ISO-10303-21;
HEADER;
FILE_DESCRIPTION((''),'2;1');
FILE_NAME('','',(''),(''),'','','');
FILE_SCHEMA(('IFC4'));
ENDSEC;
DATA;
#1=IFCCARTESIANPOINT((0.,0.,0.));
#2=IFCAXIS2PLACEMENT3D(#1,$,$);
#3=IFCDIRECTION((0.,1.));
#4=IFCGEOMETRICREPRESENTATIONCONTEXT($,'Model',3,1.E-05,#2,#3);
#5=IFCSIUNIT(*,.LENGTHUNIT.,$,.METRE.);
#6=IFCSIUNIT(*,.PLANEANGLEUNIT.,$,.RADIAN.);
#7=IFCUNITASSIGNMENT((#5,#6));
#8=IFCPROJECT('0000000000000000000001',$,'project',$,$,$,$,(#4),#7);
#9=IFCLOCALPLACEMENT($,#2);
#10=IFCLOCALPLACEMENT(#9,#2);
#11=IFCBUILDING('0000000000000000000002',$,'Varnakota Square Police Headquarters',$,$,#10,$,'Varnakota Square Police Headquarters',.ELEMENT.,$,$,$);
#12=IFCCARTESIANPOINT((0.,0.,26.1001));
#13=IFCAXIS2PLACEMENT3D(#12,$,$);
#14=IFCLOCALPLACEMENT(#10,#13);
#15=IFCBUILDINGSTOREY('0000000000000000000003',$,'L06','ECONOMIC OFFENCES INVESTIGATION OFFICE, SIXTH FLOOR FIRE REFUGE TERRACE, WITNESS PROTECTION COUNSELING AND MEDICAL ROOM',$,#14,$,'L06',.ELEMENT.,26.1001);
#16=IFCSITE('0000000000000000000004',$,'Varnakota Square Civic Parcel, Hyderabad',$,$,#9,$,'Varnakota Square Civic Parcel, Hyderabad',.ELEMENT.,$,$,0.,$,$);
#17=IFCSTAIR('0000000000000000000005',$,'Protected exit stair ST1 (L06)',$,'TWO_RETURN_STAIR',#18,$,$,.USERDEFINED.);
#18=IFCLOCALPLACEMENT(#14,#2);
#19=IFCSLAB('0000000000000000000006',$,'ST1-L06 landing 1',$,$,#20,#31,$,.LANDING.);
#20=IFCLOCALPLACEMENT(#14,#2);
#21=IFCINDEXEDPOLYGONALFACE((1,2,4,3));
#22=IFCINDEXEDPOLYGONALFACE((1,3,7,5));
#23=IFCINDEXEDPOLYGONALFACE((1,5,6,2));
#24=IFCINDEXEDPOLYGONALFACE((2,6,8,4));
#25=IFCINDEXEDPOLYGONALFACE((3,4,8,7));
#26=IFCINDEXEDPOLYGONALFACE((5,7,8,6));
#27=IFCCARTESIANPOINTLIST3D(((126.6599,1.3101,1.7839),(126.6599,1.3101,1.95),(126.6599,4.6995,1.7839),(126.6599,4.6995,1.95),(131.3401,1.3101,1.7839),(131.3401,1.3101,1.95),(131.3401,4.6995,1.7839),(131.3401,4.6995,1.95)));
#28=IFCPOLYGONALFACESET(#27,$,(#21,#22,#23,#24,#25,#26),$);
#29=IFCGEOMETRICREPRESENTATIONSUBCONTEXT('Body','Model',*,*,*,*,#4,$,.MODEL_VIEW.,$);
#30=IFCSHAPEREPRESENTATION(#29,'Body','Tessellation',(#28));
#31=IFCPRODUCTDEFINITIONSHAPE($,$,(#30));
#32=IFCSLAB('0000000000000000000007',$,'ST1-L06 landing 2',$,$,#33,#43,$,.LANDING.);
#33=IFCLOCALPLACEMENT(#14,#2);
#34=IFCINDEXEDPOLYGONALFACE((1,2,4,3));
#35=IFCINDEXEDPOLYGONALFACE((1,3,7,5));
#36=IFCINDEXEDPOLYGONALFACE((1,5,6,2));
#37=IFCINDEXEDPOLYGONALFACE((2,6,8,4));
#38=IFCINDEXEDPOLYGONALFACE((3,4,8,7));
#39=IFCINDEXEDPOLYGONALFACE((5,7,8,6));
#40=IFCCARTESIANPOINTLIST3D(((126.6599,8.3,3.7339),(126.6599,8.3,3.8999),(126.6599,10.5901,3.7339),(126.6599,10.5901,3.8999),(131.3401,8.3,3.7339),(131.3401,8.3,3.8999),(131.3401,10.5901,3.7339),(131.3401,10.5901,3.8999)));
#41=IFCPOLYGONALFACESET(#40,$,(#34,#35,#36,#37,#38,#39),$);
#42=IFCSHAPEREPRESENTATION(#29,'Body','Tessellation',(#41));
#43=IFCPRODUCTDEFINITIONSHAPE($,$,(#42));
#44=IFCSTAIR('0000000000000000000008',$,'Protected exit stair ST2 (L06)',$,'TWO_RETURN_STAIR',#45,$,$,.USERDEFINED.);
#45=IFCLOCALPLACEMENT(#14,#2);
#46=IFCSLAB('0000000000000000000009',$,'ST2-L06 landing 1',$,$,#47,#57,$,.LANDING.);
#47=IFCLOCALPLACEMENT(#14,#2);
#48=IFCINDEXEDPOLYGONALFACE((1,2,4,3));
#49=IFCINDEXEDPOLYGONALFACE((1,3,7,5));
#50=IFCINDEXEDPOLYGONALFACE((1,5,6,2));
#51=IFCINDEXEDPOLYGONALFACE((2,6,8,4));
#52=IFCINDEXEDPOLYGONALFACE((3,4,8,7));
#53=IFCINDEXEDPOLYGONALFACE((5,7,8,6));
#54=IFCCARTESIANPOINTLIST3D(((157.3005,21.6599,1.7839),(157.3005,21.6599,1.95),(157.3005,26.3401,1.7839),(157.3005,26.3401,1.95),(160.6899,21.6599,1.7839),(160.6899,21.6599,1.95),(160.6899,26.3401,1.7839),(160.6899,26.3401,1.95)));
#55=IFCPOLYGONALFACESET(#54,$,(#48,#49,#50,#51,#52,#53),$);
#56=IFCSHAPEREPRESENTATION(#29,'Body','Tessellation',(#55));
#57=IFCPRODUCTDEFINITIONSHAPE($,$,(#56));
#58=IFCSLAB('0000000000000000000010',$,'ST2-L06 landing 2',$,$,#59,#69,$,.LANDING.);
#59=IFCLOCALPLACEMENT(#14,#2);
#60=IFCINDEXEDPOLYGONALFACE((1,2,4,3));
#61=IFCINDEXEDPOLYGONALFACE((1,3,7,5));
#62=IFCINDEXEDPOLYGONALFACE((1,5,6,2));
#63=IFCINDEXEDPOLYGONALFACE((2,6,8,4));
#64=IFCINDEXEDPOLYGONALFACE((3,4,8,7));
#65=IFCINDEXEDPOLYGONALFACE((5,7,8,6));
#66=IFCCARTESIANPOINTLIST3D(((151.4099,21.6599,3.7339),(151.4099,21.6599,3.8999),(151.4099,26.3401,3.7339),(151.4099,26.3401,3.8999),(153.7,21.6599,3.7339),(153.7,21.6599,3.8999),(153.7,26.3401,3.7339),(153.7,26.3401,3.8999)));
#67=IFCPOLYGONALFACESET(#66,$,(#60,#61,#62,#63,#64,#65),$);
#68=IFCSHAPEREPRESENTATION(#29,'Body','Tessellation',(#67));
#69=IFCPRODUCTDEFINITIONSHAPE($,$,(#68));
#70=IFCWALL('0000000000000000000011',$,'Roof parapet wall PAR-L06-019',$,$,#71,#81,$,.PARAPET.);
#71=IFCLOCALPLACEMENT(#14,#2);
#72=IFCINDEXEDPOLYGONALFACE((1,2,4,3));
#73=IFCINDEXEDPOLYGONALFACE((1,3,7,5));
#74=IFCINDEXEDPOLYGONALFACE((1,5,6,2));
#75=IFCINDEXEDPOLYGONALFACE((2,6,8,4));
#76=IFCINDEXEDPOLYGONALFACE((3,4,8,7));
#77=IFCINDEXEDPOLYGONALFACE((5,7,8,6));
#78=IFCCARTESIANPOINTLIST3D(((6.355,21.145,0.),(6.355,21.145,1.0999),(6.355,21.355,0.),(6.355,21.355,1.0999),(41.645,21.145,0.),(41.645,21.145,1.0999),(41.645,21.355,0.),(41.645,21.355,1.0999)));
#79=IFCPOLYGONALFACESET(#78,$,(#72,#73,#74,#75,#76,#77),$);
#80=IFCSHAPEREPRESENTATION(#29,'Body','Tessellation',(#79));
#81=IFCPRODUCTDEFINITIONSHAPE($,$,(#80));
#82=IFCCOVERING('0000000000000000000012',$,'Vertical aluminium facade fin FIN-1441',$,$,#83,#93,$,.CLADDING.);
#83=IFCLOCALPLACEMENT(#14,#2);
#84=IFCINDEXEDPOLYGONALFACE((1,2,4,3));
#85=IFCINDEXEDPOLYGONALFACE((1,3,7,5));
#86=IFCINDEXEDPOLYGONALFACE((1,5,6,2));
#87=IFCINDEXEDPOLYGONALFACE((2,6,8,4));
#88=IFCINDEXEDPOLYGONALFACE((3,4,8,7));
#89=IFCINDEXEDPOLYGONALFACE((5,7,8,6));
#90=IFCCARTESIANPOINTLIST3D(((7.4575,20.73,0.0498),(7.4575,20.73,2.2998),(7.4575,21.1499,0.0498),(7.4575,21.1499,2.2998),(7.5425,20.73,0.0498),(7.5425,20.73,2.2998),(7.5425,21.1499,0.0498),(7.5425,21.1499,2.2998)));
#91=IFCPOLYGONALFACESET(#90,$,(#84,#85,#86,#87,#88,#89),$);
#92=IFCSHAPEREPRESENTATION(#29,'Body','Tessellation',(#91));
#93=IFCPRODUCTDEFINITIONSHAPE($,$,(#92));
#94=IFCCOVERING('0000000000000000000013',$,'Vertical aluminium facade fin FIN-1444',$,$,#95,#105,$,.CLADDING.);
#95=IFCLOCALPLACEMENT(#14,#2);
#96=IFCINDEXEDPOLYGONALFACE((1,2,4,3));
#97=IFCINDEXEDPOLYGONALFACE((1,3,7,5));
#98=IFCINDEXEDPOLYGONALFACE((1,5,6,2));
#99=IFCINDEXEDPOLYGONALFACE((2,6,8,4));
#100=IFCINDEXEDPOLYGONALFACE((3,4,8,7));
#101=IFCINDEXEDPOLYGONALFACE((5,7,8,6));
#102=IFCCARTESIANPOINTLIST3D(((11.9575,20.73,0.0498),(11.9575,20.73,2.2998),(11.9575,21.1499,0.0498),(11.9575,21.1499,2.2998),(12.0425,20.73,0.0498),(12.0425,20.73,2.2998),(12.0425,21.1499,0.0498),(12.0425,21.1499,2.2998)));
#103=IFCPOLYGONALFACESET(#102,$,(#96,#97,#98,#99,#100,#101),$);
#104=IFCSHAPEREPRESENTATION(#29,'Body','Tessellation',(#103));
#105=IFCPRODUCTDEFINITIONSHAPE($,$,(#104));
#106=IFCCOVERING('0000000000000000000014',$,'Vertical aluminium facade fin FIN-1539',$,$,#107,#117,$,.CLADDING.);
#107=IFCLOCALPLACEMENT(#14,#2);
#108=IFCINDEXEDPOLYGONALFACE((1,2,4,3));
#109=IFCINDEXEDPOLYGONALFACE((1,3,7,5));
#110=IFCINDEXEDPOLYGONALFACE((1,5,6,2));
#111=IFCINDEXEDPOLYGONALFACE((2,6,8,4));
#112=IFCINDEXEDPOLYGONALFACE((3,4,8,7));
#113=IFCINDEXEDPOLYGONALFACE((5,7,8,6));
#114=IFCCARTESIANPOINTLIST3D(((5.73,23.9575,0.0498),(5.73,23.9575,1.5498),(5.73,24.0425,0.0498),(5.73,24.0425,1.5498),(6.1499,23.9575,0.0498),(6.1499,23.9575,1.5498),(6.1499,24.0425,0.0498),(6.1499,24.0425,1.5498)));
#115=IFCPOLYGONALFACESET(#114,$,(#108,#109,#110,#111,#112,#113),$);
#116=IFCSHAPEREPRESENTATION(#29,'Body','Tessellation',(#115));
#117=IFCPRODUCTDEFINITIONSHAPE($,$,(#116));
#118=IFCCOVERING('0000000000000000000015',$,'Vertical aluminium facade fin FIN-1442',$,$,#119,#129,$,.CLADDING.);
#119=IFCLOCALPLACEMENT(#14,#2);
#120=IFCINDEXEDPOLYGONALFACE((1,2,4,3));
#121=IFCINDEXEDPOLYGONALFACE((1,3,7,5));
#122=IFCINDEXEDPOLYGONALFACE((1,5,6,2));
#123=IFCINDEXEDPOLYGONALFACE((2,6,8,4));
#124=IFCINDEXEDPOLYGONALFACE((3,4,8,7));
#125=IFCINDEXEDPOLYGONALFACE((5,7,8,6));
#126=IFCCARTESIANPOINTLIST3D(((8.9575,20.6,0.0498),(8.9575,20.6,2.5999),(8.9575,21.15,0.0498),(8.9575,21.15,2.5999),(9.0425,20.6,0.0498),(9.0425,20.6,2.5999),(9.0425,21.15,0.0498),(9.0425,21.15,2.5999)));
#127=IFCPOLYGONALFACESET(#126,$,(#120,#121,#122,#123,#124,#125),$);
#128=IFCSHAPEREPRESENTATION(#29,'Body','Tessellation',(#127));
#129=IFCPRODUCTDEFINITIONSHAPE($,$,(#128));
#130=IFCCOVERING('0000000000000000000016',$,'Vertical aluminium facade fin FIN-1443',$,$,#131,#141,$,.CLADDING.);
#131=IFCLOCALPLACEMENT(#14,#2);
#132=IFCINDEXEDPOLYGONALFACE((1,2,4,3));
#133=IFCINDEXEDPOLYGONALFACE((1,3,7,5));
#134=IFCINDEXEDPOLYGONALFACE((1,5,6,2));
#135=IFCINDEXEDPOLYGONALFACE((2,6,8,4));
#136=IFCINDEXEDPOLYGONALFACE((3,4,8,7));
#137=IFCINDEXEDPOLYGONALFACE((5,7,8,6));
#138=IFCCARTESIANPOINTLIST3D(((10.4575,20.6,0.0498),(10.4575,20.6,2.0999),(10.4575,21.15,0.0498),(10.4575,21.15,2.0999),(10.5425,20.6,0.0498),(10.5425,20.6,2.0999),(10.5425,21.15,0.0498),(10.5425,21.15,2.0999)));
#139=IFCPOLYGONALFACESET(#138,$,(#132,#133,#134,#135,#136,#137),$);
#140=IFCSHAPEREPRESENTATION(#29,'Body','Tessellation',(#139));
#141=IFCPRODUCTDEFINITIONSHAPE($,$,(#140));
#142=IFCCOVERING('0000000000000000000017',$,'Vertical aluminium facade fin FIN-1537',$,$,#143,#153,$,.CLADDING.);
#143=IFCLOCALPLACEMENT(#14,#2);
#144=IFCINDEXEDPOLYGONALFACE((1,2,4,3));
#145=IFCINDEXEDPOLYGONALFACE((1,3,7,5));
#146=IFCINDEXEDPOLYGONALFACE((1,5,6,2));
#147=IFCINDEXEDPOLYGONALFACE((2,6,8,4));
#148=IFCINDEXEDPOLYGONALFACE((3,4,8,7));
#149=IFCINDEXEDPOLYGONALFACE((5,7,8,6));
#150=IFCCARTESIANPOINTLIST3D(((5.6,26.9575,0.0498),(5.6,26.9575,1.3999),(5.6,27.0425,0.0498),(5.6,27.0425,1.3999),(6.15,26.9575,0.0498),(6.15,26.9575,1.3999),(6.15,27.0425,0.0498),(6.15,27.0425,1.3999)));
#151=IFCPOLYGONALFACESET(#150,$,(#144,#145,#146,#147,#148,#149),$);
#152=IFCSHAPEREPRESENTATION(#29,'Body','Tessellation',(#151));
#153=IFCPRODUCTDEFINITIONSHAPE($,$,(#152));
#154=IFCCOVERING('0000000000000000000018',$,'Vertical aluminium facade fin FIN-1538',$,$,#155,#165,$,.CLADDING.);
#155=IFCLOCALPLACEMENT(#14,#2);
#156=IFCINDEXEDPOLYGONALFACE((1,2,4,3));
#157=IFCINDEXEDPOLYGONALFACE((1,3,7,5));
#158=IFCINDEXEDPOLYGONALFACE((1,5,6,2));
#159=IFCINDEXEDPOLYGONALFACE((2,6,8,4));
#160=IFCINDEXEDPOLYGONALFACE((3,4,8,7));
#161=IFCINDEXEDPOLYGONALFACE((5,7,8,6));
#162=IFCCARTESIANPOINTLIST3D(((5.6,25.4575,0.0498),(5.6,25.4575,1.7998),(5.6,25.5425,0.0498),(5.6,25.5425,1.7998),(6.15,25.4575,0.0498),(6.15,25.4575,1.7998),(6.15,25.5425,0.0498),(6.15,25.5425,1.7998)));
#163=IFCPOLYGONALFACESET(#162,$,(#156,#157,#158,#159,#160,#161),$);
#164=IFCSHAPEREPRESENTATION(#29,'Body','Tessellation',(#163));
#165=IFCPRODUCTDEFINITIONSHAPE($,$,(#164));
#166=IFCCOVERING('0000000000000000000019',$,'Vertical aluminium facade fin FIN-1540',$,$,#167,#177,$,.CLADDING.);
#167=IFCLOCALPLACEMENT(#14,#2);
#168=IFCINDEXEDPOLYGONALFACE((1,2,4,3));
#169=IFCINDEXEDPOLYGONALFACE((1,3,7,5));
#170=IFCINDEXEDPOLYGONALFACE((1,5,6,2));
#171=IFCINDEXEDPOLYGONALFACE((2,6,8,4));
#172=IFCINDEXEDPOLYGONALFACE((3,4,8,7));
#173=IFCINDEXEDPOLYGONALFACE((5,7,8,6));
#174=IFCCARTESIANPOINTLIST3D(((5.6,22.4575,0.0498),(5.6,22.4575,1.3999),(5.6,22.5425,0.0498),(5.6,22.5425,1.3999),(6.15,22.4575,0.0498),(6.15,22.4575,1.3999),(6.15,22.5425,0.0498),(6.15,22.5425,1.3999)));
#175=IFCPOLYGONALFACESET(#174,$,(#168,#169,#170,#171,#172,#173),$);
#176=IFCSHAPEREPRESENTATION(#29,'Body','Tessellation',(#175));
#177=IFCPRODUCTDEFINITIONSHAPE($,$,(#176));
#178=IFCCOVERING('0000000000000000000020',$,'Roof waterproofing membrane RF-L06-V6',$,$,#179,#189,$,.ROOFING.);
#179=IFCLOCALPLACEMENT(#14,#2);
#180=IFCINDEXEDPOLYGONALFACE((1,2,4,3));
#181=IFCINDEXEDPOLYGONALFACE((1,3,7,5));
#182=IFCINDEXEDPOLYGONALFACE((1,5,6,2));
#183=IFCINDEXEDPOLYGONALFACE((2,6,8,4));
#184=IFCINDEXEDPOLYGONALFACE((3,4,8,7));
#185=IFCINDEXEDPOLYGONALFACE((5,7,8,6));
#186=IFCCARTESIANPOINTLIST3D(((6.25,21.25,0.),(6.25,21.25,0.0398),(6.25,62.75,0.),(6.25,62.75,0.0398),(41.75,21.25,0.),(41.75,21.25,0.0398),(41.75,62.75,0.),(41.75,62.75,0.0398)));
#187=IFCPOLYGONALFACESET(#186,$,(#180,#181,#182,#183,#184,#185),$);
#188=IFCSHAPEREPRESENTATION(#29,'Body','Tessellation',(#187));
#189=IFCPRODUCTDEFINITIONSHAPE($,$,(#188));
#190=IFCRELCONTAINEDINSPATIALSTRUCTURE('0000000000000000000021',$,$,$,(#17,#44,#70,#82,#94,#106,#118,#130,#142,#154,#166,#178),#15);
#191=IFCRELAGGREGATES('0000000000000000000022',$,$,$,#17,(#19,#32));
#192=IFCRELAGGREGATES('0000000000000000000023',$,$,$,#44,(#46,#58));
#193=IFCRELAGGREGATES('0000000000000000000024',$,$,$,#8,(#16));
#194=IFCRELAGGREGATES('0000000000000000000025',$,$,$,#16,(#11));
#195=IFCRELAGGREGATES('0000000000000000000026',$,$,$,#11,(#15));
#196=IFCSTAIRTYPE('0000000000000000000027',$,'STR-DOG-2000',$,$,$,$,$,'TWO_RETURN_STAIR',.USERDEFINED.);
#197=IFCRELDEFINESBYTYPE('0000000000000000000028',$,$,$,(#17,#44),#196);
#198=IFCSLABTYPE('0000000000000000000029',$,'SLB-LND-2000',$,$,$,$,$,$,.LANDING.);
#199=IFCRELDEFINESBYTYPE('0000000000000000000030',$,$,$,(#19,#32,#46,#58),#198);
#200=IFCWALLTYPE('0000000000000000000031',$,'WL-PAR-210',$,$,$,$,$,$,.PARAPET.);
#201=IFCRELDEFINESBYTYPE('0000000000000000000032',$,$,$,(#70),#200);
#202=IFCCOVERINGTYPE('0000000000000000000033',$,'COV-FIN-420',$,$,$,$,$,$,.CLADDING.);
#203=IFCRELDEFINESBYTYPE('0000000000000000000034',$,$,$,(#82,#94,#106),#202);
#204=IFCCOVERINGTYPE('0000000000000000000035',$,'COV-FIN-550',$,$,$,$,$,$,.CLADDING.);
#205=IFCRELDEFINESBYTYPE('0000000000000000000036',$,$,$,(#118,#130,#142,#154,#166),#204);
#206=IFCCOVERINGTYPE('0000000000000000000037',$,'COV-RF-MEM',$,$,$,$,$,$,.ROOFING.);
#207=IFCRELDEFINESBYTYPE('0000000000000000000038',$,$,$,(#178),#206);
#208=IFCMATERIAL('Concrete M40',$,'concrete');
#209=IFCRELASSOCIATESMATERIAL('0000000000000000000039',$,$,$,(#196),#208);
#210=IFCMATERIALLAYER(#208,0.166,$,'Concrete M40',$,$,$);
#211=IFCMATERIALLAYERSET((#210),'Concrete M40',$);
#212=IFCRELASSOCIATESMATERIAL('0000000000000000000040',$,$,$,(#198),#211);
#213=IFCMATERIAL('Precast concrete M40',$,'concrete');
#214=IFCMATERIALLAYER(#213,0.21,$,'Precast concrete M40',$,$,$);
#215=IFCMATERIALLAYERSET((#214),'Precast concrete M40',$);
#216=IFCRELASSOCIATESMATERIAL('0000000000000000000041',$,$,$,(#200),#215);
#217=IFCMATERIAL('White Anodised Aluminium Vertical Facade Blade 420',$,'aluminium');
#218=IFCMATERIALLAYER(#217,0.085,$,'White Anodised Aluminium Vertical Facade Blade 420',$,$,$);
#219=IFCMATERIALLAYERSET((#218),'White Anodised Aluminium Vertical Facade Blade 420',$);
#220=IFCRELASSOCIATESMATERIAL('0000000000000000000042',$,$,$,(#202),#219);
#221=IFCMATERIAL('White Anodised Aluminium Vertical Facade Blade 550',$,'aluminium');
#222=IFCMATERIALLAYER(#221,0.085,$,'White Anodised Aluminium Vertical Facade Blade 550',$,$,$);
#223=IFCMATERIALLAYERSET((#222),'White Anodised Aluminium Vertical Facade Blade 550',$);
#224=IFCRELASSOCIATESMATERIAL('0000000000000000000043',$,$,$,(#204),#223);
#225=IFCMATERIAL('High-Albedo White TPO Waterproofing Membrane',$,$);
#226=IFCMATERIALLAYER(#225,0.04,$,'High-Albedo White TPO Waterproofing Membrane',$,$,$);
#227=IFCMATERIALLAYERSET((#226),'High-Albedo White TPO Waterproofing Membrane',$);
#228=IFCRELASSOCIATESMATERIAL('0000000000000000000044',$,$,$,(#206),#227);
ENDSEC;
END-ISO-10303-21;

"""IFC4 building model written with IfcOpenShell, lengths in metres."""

from ifc_helpers import new_model, si_unit, direction, frame, frame_2d, origin, origin_2d, place, context, subcontext, project, spatial, polyline, rectangle, outline, extrude, material, layer, layer_set, type_object, element, aggregate, save


model = new_model("IFC4")

# Units and contexts
model_context = context("Model", 3, precision=1e-05, world=origin(), true_north=direction((0.0, 1.0)))
body_context = subcontext(model_context, "Body", "Model", "MODEL_VIEW")
ifc_project = project(units=[si_unit("LENGTHUNIT", "METRE"), si_unit("PLANEANGLEUNIT", "RADIAN")], contexts=[model_context])

# Site, building, storey
site_placement = place(None, origin())
site = spatial("IfcSite", under=ifc_project, at=site_placement, Name="Varnakota Square Civic Parcel, Hyderabad", LongName="Varnakota Square Civic Parcel, Hyderabad", CompositionType="ELEMENT", RefElevation=0.0)
building_placement = place(site_placement, origin())
building = spatial("IfcBuilding", under=site, at=building_placement, Name="Varnakota Square Police Headquarters", LongName="Varnakota Square Police Headquarters", CompositionType="ELEMENT")
storey_placement = place(building_placement, frame((0.0, 0.0, 26.1001)))
storey = spatial("IfcBuildingStorey", under=building, at=storey_placement, Name="L06", Description="ECONOMIC OFFENCES INVESTIGATION OFFICE, SIXTH FLOOR FIRE REFUGE TERRACE, WITNESS PROTECTION COUNSELING AND MEDICAL ROOM", LongName="L06", CompositionType="ELEMENT", Elevation=26.1001)

# Shared definitions
ifc_material_1 = material(Name="Concrete M40", Category="concrete")

# Stairs, slabs
stair_type_1 = type_object("IfcStairType", Name="STR-DOG-2000", ElementType="TWO_RETURN_STAIR", PredefinedType="USERDEFINED", material=ifc_material_1)
stair_1_placement = place(storey_placement, origin())
stair_1 = element("IfcStair", 1, at=stair_1_placement, inside=storey, type_object=stair_type_1, Name="Protected exit stair ST1 (L06)", ObjectType="TWO_RETURN_STAIR", PredefinedType="USERDEFINED")
ifc_layer_1 = layer(ifc_material_1, 0.166, Name="Concrete M40")
ifc_layer_set_1 = layer_set([ifc_layer_1], Name="Concrete M40")
slab_type_1 = type_object("IfcSlabType", Name="SLB-LND-2000", PredefinedType="LANDING", material=ifc_layer_set_1)
slab_1_placement = place(storey_placement, frame((0.0, 0.0, 1.7839)))
slab_1 = element("IfcSlab", 2, at=slab_1_placement, type_object=slab_type_1, Name="ST1-L06 landing 1", PredefinedType="LANDING", context=body_context, shape_type="SweptSolid", body=[
    extrude(outline(polyline([(126.6599, 1.3101), (131.3401, 1.3101), (131.3401, 4.6995), (126.6599, 4.6995), (126.6599, 1.3101)])), origin(), (0.0, 0.0, 1.0), 0.166),
])
slab_2_placement = place(storey_placement, frame((0.0, 0.0, 3.7339)))
slab_2 = element("IfcSlab", 3, at=slab_2_placement, type_object=slab_type_1, Name="ST1-L06 landing 2", PredefinedType="LANDING", context=body_context, shape_type="SweptSolid", body=[
    extrude(outline(polyline([(126.6599, 8.3), (131.3401, 8.3), (131.3401, 10.5901), (126.6599, 10.5901), (126.6599, 8.3)])), origin(), (0.0, 0.0, 1.0), 0.166),
])
aggregate(stair_1, [slab_1, slab_2])
stair_2_placement = place(storey_placement, origin())
stair_2 = element("IfcStair", 4, at=stair_2_placement, inside=storey, type_object=stair_type_1, Name="Protected exit stair ST2 (L06)", ObjectType="TWO_RETURN_STAIR", PredefinedType="USERDEFINED")
slab_3_placement = place(storey_placement, frame((0.0, 0.0, 1.7839)))
slab_3 = element("IfcSlab", 5, at=slab_3_placement, type_object=slab_type_1, Name="ST2-L06 landing 1", PredefinedType="LANDING", context=body_context, shape_type="SweptSolid", body=[
    extrude(outline(polyline([(157.3005, 21.6599), (160.6899, 21.6599), (160.6899, 26.3401), (157.3005, 26.3401), (157.3005, 21.6599)])), origin(), (0.0, 0.0, 1.0), 0.166),
])
slab_4_placement = place(storey_placement, frame((0.0, 0.0, 3.7339)))
slab_4 = element("IfcSlab", 6, at=slab_4_placement, type_object=slab_type_1, Name="ST2-L06 landing 2", PredefinedType="LANDING", context=body_context, shape_type="SweptSolid", body=[
    extrude(outline(polyline([(151.4099, 21.6599), (153.7, 21.6599), (153.7, 26.3401), (151.4099, 26.3401), (151.4099, 21.6599)])), origin(), (0.0, 0.0, 1.0), 0.166),
])
aggregate(stair_2, [slab_3, slab_4])

# Wall
ifc_material_2 = material(Name="Precast concrete M40", Category="concrete")
ifc_layer_2 = layer(ifc_material_2, 0.21, Name="Precast concrete M40")
ifc_layer_set_2 = layer_set([ifc_layer_2], Name="Precast concrete M40")
wall_type = type_object("IfcWallType", Name="WL-PAR-210", PredefinedType="PARAPET", material=ifc_layer_set_2)
wall_placement = place(storey_placement, frame((6.355, 21.25, 0.0), z_axis=(0.0, 0.0, 1.0), x_axis=(1.0, 0.0, 0.0)))
element("IfcWall", 7, at=wall_placement, inside=storey, type_object=wall_type, Name="Roof parapet wall PAR-L06-019", PredefinedType="PARAPET", context=body_context, shape_type="SweptSolid", body=[
    extrude(rectangle(XDim=35.29, YDim=0.21, at=frame_2d((17.645, 0.0))), origin(), (0.0, 0.0, 1.0), 1.0999),
])

# Coverings
ifc_material_3 = material(Name="White Anodised Aluminium Vertical Facade Blade 420", Category="aluminium")
ifc_layer_3 = layer(ifc_material_3, 0.085, Name="White Anodised Aluminium Vertical Facade Blade 420")
ifc_layer_set_3 = layer_set([ifc_layer_3], Name="White Anodised Aluminium Vertical Facade Blade 420")
covering_type_1 = type_object("IfcCoveringType", Name="COV-FIN-420", PredefinedType="CLADDING", material=ifc_layer_set_3)
for number, where, z_axis, x_axis, name in (
    (8, (7.5, 20.9399, 0.0498), (0.0, 0.0, 1.0), (1.0, 0.0, 0.0), "Vertical aluminium facade fin FIN-1441"),
    (9, (12.0, 20.9399, 0.0498), (0.0, 0.0, 1.0), (1.0, 0.0, 0.0), "Vertical aluminium facade fin FIN-1444"),
):
    element("IfcCovering", number, at=place(storey_placement, frame(where, z_axis=z_axis, x_axis=x_axis)), inside=storey, type_object=covering_type_1, Name=name, PredefinedType="CLADDING", context=body_context, shape_type="SweptSolid", body=[
        extrude(rectangle(XDim=0.085, YDim=0.4199, at=origin_2d()), origin(), (0.0, 0.0, 1.0), 2.25),
    ])
covering_1_placement = place(storey_placement, frame((5.9399, 24.0, 0.0498), z_axis=(0.0, 0.0, 1.0), x_axis=(0.0, -1.0, 0.0)))
element("IfcCovering", 10, at=covering_1_placement, inside=storey, type_object=covering_type_1, Name="Vertical aluminium facade fin FIN-1539", PredefinedType="CLADDING", context=body_context, shape_type="SweptSolid", body=[
    extrude(rectangle(XDim=0.085, YDim=0.4199, at=origin_2d()), origin(), (0.0, 0.0, 1.0), 1.5),
])
ifc_material_4 = material(Name="White Anodised Aluminium Vertical Facade Blade 550", Category="aluminium")
ifc_layer_4 = layer(ifc_material_4, 0.085, Name="White Anodised Aluminium Vertical Facade Blade 550")
ifc_layer_set_4 = layer_set([ifc_layer_4], Name="White Anodised Aluminium Vertical Facade Blade 550")
covering_type_2 = type_object("IfcCoveringType", Name="COV-FIN-550", PredefinedType="CLADDING", material=ifc_layer_set_4)
covering_2_placement = place(storey_placement, frame((9.0, 20.875, 0.0498), z_axis=(0.0, 0.0, 1.0), x_axis=(1.0, 0.0, 0.0)))
element("IfcCovering", 11, at=covering_2_placement, inside=storey, type_object=covering_type_2, Name="Vertical aluminium facade fin FIN-1442", PredefinedType="CLADDING", context=body_context, shape_type="SweptSolid", body=[
    extrude(rectangle(XDim=0.085, YDim=0.55, at=origin_2d()), origin(), (0.0, 0.0, 1.0), 2.55),
])
covering_3_placement = place(storey_placement, frame((10.5, 20.875, 0.0498), z_axis=(0.0, 0.0, 1.0), x_axis=(1.0, 0.0, 0.0)))
element("IfcCovering", 12, at=covering_3_placement, inside=storey, type_object=covering_type_2, Name="Vertical aluminium facade fin FIN-1443", PredefinedType="CLADDING", context=body_context, shape_type="SweptSolid", body=[
    extrude(rectangle(XDim=0.085, YDim=0.55, at=origin_2d()), origin(), (0.0, 0.0, 1.0), 2.05),
])
covering_4_placement = place(storey_placement, frame((5.875, 27.0, 0.0498), z_axis=(0.0, 0.0, 1.0), x_axis=(0.0, -1.0, 0.0)))
element("IfcCovering", 13, at=covering_4_placement, inside=storey, type_object=covering_type_2, Name="Vertical aluminium facade fin FIN-1537", PredefinedType="CLADDING", context=body_context, shape_type="SweptSolid", body=[
    extrude(rectangle(XDim=0.085, YDim=0.55, at=origin_2d()), origin(), (0.0, 0.0, 1.0), 1.3501),
])
covering_5_placement = place(storey_placement, frame((5.875, 25.5, 0.0498), z_axis=(0.0, 0.0, 1.0), x_axis=(0.0, -1.0, 0.0)))
element("IfcCovering", 14, at=covering_5_placement, inside=storey, type_object=covering_type_2, Name="Vertical aluminium facade fin FIN-1538", PredefinedType="CLADDING", context=body_context, shape_type="SweptSolid", body=[
    extrude(rectangle(XDim=0.085, YDim=0.55, at=origin_2d()), origin(), (0.0, 0.0, 1.0), 1.75),
])
covering_6_placement = place(storey_placement, frame((5.875, 22.5, 0.0498), z_axis=(0.0, 0.0, 1.0), x_axis=(0.0, -1.0, 0.0)))
element("IfcCovering", 15, at=covering_6_placement, inside=storey, type_object=covering_type_2, Name="Vertical aluminium facade fin FIN-1540", PredefinedType="CLADDING", context=body_context, shape_type="SweptSolid", body=[
    extrude(rectangle(XDim=0.085, YDim=0.55, at=origin_2d()), origin(), (0.0, 0.0, 1.0), 1.3501),
])
ifc_material_5 = material(Name="High-Albedo White TPO Waterproofing Membrane")
ifc_layer_5 = layer(ifc_material_5, 0.04, Name="High-Albedo White TPO Waterproofing Membrane")
ifc_layer_set_5 = layer_set([ifc_layer_5], Name="High-Albedo White TPO Waterproofing Membrane")
covering_type_3 = type_object("IfcCoveringType", Name="COV-RF-MEM", PredefinedType="ROOFING", material=ifc_layer_set_5)
covering_7_placement = place(storey_placement, origin())
element("IfcCovering", 16, at=covering_7_placement, inside=storey, type_object=covering_type_3, Name="Roof waterproofing membrane RF-L06-V6", PredefinedType="ROOFING", context=body_context, shape_type="SweptSolid", body=[
    extrude(outline(polyline([(6.25, 21.25), (41.75, 21.25), (41.75, 62.75), (6.25, 62.75), (6.25, 21.25)])), origin(), (0.0, 0.0, 1.0), 0.0398),
])

save(model, "model.ifc")
